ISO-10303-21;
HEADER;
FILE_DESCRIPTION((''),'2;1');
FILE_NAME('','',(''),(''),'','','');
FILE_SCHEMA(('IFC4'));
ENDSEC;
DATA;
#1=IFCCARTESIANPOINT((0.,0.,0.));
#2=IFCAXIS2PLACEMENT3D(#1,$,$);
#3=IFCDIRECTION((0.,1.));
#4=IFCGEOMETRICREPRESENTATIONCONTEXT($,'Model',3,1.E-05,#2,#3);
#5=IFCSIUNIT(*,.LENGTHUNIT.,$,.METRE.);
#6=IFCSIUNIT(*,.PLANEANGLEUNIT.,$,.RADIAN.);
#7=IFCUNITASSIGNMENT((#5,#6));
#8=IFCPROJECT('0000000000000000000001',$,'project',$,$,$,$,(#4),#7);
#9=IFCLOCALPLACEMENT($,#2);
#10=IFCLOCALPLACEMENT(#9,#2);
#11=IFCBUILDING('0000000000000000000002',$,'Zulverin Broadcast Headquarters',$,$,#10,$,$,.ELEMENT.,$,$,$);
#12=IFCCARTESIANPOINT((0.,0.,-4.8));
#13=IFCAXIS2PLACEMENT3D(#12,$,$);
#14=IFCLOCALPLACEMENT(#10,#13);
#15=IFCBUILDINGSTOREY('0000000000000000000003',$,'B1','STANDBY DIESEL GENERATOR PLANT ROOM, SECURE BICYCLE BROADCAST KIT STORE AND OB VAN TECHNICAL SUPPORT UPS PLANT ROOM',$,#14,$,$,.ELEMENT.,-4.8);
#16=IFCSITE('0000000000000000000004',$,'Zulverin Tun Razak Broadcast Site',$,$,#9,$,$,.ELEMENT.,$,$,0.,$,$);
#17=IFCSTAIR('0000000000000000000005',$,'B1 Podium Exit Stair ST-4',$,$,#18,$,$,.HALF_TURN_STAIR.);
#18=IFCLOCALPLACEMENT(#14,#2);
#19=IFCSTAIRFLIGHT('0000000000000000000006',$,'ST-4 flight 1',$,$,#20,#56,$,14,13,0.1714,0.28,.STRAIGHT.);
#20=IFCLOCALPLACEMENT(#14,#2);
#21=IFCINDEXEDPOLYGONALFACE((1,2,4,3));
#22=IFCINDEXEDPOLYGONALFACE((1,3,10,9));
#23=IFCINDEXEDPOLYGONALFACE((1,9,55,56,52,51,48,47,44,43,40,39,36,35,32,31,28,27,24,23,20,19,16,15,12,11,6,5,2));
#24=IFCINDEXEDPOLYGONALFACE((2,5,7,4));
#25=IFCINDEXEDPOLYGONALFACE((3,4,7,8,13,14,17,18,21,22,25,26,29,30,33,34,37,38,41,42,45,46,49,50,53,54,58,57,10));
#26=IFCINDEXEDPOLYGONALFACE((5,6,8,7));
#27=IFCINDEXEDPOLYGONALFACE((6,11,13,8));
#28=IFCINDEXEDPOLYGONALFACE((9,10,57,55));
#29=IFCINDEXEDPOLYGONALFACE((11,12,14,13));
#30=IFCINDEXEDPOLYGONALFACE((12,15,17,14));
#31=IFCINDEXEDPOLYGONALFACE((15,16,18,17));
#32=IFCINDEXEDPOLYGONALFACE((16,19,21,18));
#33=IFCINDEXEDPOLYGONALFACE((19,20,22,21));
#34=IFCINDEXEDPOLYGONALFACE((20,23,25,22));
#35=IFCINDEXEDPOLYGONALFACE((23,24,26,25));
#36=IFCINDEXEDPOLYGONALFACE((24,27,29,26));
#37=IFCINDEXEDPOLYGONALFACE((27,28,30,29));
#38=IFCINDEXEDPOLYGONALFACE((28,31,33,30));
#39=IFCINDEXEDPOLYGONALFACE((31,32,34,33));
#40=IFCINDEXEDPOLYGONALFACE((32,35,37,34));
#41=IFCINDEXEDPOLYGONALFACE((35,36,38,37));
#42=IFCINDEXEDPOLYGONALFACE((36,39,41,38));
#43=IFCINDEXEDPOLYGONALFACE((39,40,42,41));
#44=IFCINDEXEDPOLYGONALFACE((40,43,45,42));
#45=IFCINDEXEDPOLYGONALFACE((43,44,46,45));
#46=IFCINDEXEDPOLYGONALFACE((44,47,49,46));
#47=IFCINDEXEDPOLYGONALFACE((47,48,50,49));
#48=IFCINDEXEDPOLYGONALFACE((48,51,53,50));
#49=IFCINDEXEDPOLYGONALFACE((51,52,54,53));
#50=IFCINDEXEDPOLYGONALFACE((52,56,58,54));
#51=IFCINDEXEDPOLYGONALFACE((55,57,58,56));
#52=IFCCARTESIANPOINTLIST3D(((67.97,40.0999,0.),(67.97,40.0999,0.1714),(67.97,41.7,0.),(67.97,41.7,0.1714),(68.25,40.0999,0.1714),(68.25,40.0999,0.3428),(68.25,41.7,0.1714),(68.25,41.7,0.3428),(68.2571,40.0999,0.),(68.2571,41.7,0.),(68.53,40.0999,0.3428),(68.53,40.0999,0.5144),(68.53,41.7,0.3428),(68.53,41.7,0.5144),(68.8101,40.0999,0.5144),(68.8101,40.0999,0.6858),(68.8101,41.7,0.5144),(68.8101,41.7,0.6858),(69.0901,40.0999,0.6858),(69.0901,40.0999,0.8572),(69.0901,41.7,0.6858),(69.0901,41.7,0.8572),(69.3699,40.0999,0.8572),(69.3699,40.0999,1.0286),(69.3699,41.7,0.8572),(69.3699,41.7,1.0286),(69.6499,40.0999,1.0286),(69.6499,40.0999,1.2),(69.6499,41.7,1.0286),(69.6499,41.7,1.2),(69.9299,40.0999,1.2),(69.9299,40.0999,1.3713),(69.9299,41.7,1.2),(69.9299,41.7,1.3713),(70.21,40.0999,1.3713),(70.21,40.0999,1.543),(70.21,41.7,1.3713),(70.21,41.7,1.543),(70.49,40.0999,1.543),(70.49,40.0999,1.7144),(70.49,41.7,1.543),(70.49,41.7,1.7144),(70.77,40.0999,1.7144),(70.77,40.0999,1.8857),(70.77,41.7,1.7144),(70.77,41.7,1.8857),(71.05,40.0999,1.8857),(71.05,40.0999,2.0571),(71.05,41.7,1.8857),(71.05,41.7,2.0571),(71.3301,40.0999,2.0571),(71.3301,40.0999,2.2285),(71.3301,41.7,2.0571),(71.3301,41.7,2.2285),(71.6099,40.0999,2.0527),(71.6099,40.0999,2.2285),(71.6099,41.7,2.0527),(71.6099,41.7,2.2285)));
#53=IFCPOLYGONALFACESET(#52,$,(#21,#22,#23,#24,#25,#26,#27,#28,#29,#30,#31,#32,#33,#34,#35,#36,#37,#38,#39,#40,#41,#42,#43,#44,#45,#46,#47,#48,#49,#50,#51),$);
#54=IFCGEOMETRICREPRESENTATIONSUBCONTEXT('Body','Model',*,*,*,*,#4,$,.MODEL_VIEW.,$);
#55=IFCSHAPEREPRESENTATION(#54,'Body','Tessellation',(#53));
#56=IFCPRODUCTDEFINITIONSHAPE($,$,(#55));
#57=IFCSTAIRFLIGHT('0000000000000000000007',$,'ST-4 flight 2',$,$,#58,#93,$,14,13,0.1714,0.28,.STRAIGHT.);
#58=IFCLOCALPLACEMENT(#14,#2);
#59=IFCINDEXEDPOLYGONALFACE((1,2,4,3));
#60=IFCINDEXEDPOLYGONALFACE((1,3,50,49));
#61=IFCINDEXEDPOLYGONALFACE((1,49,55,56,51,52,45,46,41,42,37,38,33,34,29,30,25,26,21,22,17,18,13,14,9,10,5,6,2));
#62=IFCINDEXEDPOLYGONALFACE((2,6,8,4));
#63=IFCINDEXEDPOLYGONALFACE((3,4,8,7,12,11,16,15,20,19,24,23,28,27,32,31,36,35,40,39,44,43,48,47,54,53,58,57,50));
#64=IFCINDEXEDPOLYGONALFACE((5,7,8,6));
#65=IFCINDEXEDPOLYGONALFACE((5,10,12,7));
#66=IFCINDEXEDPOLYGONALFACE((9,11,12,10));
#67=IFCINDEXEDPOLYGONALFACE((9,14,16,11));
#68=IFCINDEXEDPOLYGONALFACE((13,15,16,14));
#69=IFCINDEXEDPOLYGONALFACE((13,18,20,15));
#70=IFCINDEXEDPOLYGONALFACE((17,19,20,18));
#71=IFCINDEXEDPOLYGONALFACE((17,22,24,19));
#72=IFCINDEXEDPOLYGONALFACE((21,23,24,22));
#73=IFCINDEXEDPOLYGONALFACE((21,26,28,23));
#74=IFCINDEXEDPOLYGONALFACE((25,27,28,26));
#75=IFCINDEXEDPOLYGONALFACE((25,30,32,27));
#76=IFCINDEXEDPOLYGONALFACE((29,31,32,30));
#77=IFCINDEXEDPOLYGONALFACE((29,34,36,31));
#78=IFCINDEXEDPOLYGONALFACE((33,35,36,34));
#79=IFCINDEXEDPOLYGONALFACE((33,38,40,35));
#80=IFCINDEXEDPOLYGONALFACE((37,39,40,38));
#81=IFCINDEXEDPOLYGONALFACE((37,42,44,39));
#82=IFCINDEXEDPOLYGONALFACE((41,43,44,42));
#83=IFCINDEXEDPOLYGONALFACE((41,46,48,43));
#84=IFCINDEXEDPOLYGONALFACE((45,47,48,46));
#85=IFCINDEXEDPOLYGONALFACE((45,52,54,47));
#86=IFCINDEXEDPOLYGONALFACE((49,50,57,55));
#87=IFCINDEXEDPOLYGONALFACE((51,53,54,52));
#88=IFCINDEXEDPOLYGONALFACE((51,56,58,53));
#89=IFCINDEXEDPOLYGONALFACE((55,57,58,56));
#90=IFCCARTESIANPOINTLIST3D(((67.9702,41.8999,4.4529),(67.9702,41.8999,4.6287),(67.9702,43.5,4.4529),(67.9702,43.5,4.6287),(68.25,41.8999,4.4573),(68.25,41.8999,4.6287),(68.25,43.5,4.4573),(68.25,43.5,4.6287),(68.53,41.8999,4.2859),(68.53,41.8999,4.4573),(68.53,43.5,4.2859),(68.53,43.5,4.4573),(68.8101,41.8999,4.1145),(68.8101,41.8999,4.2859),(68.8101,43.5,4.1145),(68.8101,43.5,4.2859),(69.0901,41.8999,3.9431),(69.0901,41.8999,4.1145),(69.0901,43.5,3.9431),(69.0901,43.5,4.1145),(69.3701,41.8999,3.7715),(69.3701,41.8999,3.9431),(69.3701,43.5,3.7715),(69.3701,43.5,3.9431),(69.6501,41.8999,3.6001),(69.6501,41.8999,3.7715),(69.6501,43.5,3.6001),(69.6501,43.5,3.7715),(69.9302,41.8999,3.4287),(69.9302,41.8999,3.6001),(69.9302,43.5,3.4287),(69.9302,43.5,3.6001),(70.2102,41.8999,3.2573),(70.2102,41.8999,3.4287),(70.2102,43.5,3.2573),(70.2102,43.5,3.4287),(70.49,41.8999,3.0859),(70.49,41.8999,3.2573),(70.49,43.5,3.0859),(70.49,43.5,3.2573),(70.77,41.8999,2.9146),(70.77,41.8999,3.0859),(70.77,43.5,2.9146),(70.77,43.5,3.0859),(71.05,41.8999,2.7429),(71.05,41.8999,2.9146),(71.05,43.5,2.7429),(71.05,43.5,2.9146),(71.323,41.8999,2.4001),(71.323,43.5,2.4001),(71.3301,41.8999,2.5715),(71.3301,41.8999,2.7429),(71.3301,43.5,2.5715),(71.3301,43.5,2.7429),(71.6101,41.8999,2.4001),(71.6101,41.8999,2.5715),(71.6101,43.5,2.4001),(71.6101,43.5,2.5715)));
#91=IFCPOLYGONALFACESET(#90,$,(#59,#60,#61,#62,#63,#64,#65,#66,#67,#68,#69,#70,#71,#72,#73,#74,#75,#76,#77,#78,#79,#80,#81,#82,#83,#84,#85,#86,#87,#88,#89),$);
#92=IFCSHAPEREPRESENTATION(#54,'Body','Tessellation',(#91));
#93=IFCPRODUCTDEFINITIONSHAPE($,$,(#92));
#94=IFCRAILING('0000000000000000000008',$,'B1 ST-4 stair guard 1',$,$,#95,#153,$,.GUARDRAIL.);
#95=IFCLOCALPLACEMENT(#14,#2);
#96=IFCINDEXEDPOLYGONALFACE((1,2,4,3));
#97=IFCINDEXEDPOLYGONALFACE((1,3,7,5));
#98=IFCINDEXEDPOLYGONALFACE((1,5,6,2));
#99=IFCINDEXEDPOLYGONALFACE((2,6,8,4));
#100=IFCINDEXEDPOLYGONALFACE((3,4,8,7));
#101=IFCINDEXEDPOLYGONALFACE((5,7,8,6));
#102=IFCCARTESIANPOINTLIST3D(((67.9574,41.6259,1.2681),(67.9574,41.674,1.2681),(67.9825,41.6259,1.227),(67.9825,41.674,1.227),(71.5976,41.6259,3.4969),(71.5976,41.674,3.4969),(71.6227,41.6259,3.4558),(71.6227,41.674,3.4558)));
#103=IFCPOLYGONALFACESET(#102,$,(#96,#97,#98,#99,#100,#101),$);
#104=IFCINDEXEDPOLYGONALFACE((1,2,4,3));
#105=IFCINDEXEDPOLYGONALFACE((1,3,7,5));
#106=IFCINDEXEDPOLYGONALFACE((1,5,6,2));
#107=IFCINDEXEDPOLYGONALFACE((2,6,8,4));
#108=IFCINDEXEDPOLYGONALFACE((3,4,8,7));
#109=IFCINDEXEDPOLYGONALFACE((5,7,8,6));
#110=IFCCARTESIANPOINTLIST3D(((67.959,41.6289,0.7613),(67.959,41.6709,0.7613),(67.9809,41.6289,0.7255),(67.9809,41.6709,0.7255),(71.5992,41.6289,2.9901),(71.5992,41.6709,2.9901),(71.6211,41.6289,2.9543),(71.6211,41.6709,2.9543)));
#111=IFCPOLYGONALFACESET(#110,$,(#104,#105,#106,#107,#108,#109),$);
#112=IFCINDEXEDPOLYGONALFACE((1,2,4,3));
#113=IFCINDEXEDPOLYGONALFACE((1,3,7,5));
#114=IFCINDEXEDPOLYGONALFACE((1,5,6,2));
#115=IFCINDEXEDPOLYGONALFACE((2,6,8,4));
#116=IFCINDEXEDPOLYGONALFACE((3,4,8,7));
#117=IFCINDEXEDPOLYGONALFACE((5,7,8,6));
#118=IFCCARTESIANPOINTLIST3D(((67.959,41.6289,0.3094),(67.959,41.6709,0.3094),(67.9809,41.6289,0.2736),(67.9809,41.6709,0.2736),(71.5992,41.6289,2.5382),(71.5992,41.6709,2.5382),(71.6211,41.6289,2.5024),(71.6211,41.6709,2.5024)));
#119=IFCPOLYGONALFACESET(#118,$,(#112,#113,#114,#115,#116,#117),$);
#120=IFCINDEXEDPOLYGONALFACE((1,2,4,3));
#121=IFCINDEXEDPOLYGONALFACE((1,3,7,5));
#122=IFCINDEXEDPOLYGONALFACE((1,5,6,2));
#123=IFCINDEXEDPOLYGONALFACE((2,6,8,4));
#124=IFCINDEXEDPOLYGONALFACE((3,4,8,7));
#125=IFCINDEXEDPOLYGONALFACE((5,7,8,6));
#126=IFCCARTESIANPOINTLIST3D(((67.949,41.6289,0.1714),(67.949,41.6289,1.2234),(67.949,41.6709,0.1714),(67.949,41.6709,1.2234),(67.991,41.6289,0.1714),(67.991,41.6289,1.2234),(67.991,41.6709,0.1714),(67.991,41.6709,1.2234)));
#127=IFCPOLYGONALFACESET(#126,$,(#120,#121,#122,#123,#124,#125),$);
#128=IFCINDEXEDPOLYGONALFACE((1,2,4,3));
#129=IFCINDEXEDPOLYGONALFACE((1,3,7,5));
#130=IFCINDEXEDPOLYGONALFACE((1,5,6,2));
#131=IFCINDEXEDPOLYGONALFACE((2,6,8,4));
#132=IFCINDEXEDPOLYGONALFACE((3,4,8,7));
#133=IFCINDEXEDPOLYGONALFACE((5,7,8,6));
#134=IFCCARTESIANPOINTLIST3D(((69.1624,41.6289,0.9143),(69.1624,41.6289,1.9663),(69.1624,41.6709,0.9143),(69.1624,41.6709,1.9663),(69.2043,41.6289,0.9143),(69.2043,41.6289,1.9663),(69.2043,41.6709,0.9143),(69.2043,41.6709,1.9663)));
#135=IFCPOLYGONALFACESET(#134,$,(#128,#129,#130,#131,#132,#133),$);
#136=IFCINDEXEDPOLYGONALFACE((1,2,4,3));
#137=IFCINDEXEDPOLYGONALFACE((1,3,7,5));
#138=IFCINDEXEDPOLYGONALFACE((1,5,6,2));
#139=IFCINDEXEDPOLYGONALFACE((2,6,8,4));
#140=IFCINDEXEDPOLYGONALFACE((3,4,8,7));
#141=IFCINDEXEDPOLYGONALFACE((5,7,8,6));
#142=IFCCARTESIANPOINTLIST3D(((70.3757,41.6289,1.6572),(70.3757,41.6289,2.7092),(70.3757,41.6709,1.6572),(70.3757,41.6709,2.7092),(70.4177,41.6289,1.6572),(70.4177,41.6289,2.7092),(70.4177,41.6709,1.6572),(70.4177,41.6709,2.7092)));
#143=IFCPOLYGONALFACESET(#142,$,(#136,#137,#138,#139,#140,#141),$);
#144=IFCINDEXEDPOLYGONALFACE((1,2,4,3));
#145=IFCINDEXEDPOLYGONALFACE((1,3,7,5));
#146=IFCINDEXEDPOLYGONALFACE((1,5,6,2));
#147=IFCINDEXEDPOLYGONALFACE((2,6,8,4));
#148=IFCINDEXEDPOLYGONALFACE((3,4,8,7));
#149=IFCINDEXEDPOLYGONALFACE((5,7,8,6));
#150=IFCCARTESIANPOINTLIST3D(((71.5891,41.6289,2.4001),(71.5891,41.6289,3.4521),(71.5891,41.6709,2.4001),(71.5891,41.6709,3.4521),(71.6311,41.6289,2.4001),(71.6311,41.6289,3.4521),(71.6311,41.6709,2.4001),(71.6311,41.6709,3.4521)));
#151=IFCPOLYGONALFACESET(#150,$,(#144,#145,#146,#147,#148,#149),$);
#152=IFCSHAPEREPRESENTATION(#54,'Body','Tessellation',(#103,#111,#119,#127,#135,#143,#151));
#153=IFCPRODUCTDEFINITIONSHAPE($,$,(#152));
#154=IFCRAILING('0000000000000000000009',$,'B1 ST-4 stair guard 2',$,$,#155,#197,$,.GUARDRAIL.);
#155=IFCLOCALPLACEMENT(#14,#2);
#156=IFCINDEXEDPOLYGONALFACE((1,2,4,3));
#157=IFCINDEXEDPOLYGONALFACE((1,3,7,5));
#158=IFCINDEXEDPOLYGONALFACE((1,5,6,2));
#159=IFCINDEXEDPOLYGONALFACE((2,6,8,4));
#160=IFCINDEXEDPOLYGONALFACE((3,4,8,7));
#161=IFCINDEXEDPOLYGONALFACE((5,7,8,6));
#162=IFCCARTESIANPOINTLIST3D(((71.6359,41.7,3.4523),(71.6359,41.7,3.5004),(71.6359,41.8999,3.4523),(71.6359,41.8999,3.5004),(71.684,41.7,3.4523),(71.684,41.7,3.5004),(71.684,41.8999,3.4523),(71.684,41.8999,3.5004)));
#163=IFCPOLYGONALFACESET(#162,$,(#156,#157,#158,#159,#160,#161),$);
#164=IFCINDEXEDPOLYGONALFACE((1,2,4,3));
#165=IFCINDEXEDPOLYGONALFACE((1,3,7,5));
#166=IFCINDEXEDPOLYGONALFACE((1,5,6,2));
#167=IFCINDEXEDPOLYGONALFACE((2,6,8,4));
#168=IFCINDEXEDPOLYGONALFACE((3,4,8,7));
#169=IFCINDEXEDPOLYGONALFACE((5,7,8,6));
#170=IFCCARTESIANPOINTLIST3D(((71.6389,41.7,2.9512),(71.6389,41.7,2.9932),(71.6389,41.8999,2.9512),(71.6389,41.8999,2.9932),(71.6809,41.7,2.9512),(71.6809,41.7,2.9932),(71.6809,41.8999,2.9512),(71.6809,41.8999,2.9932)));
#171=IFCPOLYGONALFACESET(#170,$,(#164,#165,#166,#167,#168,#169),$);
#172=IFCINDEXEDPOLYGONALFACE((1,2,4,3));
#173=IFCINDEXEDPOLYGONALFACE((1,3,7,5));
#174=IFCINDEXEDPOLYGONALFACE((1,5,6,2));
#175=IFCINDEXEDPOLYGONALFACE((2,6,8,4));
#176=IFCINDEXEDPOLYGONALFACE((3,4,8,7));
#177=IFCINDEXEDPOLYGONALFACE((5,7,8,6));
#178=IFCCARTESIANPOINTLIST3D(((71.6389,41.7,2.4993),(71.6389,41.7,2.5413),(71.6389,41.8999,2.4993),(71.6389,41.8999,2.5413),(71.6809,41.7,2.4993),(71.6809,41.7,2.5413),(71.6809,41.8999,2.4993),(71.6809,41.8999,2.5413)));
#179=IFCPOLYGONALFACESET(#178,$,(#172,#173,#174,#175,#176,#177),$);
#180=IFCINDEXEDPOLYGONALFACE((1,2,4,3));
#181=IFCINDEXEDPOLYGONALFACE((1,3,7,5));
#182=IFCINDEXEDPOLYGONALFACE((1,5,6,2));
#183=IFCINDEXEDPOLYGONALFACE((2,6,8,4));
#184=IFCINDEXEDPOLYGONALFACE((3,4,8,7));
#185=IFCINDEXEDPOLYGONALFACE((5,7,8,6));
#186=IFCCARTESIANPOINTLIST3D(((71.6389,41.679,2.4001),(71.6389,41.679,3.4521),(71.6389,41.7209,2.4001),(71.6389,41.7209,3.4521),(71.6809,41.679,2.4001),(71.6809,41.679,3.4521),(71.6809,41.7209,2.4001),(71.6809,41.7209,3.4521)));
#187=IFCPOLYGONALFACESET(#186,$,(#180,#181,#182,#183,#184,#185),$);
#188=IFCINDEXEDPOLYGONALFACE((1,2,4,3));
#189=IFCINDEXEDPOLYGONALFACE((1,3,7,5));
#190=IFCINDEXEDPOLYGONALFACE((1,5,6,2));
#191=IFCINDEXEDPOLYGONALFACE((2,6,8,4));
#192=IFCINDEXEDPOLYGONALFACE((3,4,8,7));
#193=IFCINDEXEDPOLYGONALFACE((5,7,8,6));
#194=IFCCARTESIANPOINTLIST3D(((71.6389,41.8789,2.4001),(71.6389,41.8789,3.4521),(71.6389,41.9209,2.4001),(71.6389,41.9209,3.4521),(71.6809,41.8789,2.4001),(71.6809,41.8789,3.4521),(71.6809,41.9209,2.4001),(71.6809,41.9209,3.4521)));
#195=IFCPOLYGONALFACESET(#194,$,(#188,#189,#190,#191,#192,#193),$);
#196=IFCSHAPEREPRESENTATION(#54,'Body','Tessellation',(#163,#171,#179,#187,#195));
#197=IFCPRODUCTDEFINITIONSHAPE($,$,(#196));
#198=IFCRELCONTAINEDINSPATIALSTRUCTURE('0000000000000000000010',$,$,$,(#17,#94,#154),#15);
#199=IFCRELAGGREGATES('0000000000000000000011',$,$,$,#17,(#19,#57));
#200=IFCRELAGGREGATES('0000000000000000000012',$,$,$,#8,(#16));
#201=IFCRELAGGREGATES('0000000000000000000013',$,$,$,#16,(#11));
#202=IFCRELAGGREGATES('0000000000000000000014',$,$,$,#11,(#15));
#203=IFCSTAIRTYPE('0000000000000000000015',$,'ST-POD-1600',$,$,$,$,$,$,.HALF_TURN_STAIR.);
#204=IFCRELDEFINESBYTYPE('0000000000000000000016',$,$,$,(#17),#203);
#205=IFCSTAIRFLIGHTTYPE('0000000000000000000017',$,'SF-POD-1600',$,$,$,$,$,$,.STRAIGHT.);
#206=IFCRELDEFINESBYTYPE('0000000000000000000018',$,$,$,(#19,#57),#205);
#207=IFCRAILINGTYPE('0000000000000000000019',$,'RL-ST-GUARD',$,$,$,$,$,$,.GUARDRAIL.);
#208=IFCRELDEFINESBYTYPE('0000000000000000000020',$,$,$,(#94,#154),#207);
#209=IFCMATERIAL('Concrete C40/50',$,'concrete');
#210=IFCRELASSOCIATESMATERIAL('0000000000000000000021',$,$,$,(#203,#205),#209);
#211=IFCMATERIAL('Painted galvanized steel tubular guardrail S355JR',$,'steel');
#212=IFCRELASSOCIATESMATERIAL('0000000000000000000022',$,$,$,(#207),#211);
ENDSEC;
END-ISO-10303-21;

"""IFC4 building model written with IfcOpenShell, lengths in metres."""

from ifc_helpers import new_model, si_unit, direction, frame, origin, origin_2d, place, context, subcontext, project, spatial, polyline, rectangle, outline, extrude, material, type_object, element, aggregate, save


model = new_model("IFC4")

# Units and contexts
model_context = context("Model", 3, precision=1e-05, world=origin(), true_north=direction((0.0, 1.0)))
body_context = subcontext(model_context, "Body", "Model", "MODEL_VIEW")
ifc_project = project(units=[si_unit("LENGTHUNIT", "METRE"), si_unit("PLANEANGLEUNIT", "RADIAN")], contexts=[model_context])

# Site, building, storey
site_placement = place(None, origin())
site = spatial("IfcSite", under=ifc_project, at=site_placement, Name="Zulverin Tun Razak Broadcast Site", CompositionType="ELEMENT", RefElevation=0.0)
building_placement = place(site_placement, origin())
building = spatial("IfcBuilding", under=site, at=building_placement, Name="Zulverin Broadcast Headquarters", CompositionType="ELEMENT")
storey_placement = place(building_placement, frame((0.0, 0.0, -4.8)))
storey = spatial("IfcBuildingStorey", under=building, at=storey_placement, Name="B1", Description="STANDBY DIESEL GENERATOR PLANT ROOM, SECURE BICYCLE BROADCAST KIT STORE AND OB VAN TECHNICAL SUPPORT UPS PLANT ROOM", CompositionType="ELEMENT", Elevation=-4.8)

# Shared definitions
ifc_material_1 = material(Name="Concrete C40/50", Category="concrete")

# Stair, stair flights
stair_type = type_object("IfcStairType", Name="ST-POD-1600", PredefinedType="HALF_TURN_STAIR", material=ifc_material_1)
stair_placement = place(storey_placement, origin())
stair = element("IfcStair", 1, at=stair_placement, inside=storey, type_object=stair_type, Name="B1 Podium Exit Stair ST-4", PredefinedType="HALF_TURN_STAIR")
stair_flight_type = type_object("IfcStairFlightType", Name="SF-POD-1600", PredefinedType="STRAIGHT", material=ifc_material_1)
stair_flight_1_placement = place(storey_placement, frame((67.97, 40.8999, 0.0), z_axis=(0.0, 0.0, 1.0), x_axis=(1.0, 0.0, 0.0)))
stair_flight_1 = element("IfcStairFlight", 2, at=stair_flight_1_placement, type_object=stair_flight_type, Name="ST-4 flight 1", NumberOfRisers=14, NumberOfTreads=13, PredefinedType="STRAIGHT", RiserHeight=0.1714, TreadLength=0.28, context=body_context, shape_type="SweptSolid", body=[
    extrude(outline(polyline([(0.0, 0.0), (0.0, 0.1714), (0.28, 0.1714), (0.28, 0.3428), (0.5601, 0.3428), (0.5601, 0.5144), (0.8401, 0.5144), (0.8401, 0.6858), (1.1201, 0.6858), (1.1201, 0.8572), (1.3999, 0.8572), (1.3999, 1.0286), (1.6799, 1.0286), (1.6799, 1.2), (1.96, 1.2), (1.96, 1.3713), (2.24, 1.3713), (2.24, 1.543), (2.52, 1.543), (2.52, 1.7144), (2.8, 1.7144), (2.8, 1.8857), (3.0801, 1.8857), (3.0801, 2.0571), (3.3601, 2.0571), (3.3601, 2.2285), (3.6399, 2.2285), (3.6399, 2.3999), (3.6399, 2.0527), (0.2871, 0.0), (0.0, 0.0)])), frame((0.0, 0.8, 0.0), z_axis=(0.0, -1.0, 0.0), x_axis=(1.0, 0.0, 0.0)), (0.0, 0.0, 1.0), 1.6001),
])
stair_flight_2_placement = place(storey_placement, frame((71.6101, 42.7, 2.4001), z_axis=(0.0, 0.0, 1.0), x_axis=(-1.0, 0.0, 0.0)))
stair_flight_2 = element("IfcStairFlight", 3, at=stair_flight_2_placement, type_object=stair_flight_type, Name="ST-4 flight 2", NumberOfRisers=14, NumberOfTreads=13, PredefinedType="STRAIGHT", RiserHeight=0.1714, TreadLength=0.28, context=body_context, shape_type="SweptSolid", body=[
    extrude(outline(polyline([(0.0, 0.0), (0.0, 0.1714), (0.28, 0.1714), (0.28, 0.3428), (0.5601, 0.3428), (0.5601, 0.5144), (0.8401, 0.5144), (0.8401, 0.6858), (1.1201, 0.6858), (1.1201, 0.8572), (1.3999, 0.8572), (1.3999, 1.0286), (1.6799, 1.0286), (1.6799, 1.2), (1.96, 1.2), (1.96, 1.3713), (2.24, 1.3713), (2.24, 1.543), (2.52, 1.543), (2.52, 1.7144), (2.8, 1.7144), (2.8, 1.8857), (3.0801, 1.8857), (3.0801, 2.0571), (3.3601, 2.0571), (3.3601, 2.2285), (3.6399, 2.2285), (3.6399, 2.3999), (3.6399, 2.0527), (0.2871, 0.0), (0.0, 0.0)])), frame((0.0, 0.8, 0.0), z_axis=(0.0, -1.0, 0.0), x_axis=(1.0, 0.0, 0.0)), (0.0, 0.0, 1.0), 1.6001),
])
aggregate(stair, [stair_flight_1, stair_flight_2])

# Railings
ifc_material_2 = material(Name="Painted galvanized steel tubular guardrail S355JR", Category="steel")
railing_type_1 = type_object("IfcRailingType", Name="RL-ST-GUARD", PredefinedType="GUARDRAIL", material=ifc_material_2)
railing_1_placement = place(storey_placement, frame((67.97, 41.6499, 0.1714)))
element("IfcRailing", 4, at=railing_1_placement, inside=storey, type_object=railing_type_1, Name="B1 ST-4 stair guard 1", PredefinedType="GUARDRAIL", context=body_context, shape_type="SweptSolid", body=[
    extrude(rectangle(XDim=0.0481, YDim=0.0481, at=origin_2d()), frame((0.0, 0.0, 1.0762), z_axis=(0.85284, 0.0, 0.522172), x_axis=(0.0, 1.0, 0.0)), (0.0, 0.0, 1.0), 4.2683),
    extrude(rectangle(XDim=0.042, YDim=0.042, at=origin_2d()), frame((0.0, 0.0, 0.572), z_axis=(0.85284, 0.0, 0.522172), x_axis=(0.0, 1.0, 0.0)), (0.0, 0.0, 1.0), 4.2683),
    extrude(rectangle(XDim=0.042, YDim=0.042, at=origin_2d()), frame((0.0, 0.0, 0.1201), z_axis=(0.85284, 0.0, 0.522172), x_axis=(0.0, 1.0, 0.0)), (0.0, 0.0, 1.0), 4.2683),
    extrude(rectangle(XDim=0.042, YDim=0.042, at=origin_2d()), origin(), (0.0, 0.0, 1.0), 1.052),
    extrude(rectangle(XDim=0.042, YDim=0.042, at=origin_2d()), frame((1.2134, 0.0, 0.7429)), (0.0, 0.0, 1.0), 1.052),
    extrude(rectangle(XDim=0.042, YDim=0.042, at=origin_2d()), frame((2.4268, 0.0, 1.4858)), (0.0, 0.0, 1.0), 1.052),
    extrude(rectangle(XDim=0.042, YDim=0.042, at=origin_2d()), frame((3.6401, 0.0, 2.2288)), (0.0, 0.0, 1.0), 1.052),
])
railing_2_placement = place(storey_placement, frame((71.6599, 41.7, 2.4001)))
element("IfcRailing", 5, at=railing_2_placement, inside=storey, type_object=railing_type_1, Name="B1 ST-4 stair guard 2", PredefinedType="GUARDRAIL", context=body_context, shape_type="SweptSolid", body=[
    extrude(rectangle(XDim=0.0481, YDim=0.0481, at=origin_2d()), frame((0.0, 0.0, 1.0762), z_axis=(0.0, 1.0, 0.0), x_axis=(-1.0, 0.0, 0.0)), (0.0, 0.0, 1.0), 0.2),
    extrude(rectangle(XDim=0.042, YDim=0.042, at=origin_2d()), frame((0.0, 0.0, 0.572), z_axis=(0.0, 1.0, 0.0), x_axis=(-1.0, 0.0, 0.0)), (0.0, 0.0, 1.0), 0.2),
    extrude(rectangle(XDim=0.042, YDim=0.042, at=origin_2d()), frame((0.0, 0.0, 0.1201), z_axis=(0.0, 1.0, 0.0), x_axis=(-1.0, 0.0, 0.0)), (0.0, 0.0, 1.0), 0.2),
    extrude(rectangle(XDim=0.042, YDim=0.042, at=origin_2d()), origin(), (0.0, 0.0, 1.0), 1.052),
    extrude(rectangle(XDim=0.042, YDim=0.042, at=origin_2d()), frame((0.0, 0.2, 0.0)), (0.0, 0.0, 1.0), 1.052),
])

save(model, "model.ifc")
